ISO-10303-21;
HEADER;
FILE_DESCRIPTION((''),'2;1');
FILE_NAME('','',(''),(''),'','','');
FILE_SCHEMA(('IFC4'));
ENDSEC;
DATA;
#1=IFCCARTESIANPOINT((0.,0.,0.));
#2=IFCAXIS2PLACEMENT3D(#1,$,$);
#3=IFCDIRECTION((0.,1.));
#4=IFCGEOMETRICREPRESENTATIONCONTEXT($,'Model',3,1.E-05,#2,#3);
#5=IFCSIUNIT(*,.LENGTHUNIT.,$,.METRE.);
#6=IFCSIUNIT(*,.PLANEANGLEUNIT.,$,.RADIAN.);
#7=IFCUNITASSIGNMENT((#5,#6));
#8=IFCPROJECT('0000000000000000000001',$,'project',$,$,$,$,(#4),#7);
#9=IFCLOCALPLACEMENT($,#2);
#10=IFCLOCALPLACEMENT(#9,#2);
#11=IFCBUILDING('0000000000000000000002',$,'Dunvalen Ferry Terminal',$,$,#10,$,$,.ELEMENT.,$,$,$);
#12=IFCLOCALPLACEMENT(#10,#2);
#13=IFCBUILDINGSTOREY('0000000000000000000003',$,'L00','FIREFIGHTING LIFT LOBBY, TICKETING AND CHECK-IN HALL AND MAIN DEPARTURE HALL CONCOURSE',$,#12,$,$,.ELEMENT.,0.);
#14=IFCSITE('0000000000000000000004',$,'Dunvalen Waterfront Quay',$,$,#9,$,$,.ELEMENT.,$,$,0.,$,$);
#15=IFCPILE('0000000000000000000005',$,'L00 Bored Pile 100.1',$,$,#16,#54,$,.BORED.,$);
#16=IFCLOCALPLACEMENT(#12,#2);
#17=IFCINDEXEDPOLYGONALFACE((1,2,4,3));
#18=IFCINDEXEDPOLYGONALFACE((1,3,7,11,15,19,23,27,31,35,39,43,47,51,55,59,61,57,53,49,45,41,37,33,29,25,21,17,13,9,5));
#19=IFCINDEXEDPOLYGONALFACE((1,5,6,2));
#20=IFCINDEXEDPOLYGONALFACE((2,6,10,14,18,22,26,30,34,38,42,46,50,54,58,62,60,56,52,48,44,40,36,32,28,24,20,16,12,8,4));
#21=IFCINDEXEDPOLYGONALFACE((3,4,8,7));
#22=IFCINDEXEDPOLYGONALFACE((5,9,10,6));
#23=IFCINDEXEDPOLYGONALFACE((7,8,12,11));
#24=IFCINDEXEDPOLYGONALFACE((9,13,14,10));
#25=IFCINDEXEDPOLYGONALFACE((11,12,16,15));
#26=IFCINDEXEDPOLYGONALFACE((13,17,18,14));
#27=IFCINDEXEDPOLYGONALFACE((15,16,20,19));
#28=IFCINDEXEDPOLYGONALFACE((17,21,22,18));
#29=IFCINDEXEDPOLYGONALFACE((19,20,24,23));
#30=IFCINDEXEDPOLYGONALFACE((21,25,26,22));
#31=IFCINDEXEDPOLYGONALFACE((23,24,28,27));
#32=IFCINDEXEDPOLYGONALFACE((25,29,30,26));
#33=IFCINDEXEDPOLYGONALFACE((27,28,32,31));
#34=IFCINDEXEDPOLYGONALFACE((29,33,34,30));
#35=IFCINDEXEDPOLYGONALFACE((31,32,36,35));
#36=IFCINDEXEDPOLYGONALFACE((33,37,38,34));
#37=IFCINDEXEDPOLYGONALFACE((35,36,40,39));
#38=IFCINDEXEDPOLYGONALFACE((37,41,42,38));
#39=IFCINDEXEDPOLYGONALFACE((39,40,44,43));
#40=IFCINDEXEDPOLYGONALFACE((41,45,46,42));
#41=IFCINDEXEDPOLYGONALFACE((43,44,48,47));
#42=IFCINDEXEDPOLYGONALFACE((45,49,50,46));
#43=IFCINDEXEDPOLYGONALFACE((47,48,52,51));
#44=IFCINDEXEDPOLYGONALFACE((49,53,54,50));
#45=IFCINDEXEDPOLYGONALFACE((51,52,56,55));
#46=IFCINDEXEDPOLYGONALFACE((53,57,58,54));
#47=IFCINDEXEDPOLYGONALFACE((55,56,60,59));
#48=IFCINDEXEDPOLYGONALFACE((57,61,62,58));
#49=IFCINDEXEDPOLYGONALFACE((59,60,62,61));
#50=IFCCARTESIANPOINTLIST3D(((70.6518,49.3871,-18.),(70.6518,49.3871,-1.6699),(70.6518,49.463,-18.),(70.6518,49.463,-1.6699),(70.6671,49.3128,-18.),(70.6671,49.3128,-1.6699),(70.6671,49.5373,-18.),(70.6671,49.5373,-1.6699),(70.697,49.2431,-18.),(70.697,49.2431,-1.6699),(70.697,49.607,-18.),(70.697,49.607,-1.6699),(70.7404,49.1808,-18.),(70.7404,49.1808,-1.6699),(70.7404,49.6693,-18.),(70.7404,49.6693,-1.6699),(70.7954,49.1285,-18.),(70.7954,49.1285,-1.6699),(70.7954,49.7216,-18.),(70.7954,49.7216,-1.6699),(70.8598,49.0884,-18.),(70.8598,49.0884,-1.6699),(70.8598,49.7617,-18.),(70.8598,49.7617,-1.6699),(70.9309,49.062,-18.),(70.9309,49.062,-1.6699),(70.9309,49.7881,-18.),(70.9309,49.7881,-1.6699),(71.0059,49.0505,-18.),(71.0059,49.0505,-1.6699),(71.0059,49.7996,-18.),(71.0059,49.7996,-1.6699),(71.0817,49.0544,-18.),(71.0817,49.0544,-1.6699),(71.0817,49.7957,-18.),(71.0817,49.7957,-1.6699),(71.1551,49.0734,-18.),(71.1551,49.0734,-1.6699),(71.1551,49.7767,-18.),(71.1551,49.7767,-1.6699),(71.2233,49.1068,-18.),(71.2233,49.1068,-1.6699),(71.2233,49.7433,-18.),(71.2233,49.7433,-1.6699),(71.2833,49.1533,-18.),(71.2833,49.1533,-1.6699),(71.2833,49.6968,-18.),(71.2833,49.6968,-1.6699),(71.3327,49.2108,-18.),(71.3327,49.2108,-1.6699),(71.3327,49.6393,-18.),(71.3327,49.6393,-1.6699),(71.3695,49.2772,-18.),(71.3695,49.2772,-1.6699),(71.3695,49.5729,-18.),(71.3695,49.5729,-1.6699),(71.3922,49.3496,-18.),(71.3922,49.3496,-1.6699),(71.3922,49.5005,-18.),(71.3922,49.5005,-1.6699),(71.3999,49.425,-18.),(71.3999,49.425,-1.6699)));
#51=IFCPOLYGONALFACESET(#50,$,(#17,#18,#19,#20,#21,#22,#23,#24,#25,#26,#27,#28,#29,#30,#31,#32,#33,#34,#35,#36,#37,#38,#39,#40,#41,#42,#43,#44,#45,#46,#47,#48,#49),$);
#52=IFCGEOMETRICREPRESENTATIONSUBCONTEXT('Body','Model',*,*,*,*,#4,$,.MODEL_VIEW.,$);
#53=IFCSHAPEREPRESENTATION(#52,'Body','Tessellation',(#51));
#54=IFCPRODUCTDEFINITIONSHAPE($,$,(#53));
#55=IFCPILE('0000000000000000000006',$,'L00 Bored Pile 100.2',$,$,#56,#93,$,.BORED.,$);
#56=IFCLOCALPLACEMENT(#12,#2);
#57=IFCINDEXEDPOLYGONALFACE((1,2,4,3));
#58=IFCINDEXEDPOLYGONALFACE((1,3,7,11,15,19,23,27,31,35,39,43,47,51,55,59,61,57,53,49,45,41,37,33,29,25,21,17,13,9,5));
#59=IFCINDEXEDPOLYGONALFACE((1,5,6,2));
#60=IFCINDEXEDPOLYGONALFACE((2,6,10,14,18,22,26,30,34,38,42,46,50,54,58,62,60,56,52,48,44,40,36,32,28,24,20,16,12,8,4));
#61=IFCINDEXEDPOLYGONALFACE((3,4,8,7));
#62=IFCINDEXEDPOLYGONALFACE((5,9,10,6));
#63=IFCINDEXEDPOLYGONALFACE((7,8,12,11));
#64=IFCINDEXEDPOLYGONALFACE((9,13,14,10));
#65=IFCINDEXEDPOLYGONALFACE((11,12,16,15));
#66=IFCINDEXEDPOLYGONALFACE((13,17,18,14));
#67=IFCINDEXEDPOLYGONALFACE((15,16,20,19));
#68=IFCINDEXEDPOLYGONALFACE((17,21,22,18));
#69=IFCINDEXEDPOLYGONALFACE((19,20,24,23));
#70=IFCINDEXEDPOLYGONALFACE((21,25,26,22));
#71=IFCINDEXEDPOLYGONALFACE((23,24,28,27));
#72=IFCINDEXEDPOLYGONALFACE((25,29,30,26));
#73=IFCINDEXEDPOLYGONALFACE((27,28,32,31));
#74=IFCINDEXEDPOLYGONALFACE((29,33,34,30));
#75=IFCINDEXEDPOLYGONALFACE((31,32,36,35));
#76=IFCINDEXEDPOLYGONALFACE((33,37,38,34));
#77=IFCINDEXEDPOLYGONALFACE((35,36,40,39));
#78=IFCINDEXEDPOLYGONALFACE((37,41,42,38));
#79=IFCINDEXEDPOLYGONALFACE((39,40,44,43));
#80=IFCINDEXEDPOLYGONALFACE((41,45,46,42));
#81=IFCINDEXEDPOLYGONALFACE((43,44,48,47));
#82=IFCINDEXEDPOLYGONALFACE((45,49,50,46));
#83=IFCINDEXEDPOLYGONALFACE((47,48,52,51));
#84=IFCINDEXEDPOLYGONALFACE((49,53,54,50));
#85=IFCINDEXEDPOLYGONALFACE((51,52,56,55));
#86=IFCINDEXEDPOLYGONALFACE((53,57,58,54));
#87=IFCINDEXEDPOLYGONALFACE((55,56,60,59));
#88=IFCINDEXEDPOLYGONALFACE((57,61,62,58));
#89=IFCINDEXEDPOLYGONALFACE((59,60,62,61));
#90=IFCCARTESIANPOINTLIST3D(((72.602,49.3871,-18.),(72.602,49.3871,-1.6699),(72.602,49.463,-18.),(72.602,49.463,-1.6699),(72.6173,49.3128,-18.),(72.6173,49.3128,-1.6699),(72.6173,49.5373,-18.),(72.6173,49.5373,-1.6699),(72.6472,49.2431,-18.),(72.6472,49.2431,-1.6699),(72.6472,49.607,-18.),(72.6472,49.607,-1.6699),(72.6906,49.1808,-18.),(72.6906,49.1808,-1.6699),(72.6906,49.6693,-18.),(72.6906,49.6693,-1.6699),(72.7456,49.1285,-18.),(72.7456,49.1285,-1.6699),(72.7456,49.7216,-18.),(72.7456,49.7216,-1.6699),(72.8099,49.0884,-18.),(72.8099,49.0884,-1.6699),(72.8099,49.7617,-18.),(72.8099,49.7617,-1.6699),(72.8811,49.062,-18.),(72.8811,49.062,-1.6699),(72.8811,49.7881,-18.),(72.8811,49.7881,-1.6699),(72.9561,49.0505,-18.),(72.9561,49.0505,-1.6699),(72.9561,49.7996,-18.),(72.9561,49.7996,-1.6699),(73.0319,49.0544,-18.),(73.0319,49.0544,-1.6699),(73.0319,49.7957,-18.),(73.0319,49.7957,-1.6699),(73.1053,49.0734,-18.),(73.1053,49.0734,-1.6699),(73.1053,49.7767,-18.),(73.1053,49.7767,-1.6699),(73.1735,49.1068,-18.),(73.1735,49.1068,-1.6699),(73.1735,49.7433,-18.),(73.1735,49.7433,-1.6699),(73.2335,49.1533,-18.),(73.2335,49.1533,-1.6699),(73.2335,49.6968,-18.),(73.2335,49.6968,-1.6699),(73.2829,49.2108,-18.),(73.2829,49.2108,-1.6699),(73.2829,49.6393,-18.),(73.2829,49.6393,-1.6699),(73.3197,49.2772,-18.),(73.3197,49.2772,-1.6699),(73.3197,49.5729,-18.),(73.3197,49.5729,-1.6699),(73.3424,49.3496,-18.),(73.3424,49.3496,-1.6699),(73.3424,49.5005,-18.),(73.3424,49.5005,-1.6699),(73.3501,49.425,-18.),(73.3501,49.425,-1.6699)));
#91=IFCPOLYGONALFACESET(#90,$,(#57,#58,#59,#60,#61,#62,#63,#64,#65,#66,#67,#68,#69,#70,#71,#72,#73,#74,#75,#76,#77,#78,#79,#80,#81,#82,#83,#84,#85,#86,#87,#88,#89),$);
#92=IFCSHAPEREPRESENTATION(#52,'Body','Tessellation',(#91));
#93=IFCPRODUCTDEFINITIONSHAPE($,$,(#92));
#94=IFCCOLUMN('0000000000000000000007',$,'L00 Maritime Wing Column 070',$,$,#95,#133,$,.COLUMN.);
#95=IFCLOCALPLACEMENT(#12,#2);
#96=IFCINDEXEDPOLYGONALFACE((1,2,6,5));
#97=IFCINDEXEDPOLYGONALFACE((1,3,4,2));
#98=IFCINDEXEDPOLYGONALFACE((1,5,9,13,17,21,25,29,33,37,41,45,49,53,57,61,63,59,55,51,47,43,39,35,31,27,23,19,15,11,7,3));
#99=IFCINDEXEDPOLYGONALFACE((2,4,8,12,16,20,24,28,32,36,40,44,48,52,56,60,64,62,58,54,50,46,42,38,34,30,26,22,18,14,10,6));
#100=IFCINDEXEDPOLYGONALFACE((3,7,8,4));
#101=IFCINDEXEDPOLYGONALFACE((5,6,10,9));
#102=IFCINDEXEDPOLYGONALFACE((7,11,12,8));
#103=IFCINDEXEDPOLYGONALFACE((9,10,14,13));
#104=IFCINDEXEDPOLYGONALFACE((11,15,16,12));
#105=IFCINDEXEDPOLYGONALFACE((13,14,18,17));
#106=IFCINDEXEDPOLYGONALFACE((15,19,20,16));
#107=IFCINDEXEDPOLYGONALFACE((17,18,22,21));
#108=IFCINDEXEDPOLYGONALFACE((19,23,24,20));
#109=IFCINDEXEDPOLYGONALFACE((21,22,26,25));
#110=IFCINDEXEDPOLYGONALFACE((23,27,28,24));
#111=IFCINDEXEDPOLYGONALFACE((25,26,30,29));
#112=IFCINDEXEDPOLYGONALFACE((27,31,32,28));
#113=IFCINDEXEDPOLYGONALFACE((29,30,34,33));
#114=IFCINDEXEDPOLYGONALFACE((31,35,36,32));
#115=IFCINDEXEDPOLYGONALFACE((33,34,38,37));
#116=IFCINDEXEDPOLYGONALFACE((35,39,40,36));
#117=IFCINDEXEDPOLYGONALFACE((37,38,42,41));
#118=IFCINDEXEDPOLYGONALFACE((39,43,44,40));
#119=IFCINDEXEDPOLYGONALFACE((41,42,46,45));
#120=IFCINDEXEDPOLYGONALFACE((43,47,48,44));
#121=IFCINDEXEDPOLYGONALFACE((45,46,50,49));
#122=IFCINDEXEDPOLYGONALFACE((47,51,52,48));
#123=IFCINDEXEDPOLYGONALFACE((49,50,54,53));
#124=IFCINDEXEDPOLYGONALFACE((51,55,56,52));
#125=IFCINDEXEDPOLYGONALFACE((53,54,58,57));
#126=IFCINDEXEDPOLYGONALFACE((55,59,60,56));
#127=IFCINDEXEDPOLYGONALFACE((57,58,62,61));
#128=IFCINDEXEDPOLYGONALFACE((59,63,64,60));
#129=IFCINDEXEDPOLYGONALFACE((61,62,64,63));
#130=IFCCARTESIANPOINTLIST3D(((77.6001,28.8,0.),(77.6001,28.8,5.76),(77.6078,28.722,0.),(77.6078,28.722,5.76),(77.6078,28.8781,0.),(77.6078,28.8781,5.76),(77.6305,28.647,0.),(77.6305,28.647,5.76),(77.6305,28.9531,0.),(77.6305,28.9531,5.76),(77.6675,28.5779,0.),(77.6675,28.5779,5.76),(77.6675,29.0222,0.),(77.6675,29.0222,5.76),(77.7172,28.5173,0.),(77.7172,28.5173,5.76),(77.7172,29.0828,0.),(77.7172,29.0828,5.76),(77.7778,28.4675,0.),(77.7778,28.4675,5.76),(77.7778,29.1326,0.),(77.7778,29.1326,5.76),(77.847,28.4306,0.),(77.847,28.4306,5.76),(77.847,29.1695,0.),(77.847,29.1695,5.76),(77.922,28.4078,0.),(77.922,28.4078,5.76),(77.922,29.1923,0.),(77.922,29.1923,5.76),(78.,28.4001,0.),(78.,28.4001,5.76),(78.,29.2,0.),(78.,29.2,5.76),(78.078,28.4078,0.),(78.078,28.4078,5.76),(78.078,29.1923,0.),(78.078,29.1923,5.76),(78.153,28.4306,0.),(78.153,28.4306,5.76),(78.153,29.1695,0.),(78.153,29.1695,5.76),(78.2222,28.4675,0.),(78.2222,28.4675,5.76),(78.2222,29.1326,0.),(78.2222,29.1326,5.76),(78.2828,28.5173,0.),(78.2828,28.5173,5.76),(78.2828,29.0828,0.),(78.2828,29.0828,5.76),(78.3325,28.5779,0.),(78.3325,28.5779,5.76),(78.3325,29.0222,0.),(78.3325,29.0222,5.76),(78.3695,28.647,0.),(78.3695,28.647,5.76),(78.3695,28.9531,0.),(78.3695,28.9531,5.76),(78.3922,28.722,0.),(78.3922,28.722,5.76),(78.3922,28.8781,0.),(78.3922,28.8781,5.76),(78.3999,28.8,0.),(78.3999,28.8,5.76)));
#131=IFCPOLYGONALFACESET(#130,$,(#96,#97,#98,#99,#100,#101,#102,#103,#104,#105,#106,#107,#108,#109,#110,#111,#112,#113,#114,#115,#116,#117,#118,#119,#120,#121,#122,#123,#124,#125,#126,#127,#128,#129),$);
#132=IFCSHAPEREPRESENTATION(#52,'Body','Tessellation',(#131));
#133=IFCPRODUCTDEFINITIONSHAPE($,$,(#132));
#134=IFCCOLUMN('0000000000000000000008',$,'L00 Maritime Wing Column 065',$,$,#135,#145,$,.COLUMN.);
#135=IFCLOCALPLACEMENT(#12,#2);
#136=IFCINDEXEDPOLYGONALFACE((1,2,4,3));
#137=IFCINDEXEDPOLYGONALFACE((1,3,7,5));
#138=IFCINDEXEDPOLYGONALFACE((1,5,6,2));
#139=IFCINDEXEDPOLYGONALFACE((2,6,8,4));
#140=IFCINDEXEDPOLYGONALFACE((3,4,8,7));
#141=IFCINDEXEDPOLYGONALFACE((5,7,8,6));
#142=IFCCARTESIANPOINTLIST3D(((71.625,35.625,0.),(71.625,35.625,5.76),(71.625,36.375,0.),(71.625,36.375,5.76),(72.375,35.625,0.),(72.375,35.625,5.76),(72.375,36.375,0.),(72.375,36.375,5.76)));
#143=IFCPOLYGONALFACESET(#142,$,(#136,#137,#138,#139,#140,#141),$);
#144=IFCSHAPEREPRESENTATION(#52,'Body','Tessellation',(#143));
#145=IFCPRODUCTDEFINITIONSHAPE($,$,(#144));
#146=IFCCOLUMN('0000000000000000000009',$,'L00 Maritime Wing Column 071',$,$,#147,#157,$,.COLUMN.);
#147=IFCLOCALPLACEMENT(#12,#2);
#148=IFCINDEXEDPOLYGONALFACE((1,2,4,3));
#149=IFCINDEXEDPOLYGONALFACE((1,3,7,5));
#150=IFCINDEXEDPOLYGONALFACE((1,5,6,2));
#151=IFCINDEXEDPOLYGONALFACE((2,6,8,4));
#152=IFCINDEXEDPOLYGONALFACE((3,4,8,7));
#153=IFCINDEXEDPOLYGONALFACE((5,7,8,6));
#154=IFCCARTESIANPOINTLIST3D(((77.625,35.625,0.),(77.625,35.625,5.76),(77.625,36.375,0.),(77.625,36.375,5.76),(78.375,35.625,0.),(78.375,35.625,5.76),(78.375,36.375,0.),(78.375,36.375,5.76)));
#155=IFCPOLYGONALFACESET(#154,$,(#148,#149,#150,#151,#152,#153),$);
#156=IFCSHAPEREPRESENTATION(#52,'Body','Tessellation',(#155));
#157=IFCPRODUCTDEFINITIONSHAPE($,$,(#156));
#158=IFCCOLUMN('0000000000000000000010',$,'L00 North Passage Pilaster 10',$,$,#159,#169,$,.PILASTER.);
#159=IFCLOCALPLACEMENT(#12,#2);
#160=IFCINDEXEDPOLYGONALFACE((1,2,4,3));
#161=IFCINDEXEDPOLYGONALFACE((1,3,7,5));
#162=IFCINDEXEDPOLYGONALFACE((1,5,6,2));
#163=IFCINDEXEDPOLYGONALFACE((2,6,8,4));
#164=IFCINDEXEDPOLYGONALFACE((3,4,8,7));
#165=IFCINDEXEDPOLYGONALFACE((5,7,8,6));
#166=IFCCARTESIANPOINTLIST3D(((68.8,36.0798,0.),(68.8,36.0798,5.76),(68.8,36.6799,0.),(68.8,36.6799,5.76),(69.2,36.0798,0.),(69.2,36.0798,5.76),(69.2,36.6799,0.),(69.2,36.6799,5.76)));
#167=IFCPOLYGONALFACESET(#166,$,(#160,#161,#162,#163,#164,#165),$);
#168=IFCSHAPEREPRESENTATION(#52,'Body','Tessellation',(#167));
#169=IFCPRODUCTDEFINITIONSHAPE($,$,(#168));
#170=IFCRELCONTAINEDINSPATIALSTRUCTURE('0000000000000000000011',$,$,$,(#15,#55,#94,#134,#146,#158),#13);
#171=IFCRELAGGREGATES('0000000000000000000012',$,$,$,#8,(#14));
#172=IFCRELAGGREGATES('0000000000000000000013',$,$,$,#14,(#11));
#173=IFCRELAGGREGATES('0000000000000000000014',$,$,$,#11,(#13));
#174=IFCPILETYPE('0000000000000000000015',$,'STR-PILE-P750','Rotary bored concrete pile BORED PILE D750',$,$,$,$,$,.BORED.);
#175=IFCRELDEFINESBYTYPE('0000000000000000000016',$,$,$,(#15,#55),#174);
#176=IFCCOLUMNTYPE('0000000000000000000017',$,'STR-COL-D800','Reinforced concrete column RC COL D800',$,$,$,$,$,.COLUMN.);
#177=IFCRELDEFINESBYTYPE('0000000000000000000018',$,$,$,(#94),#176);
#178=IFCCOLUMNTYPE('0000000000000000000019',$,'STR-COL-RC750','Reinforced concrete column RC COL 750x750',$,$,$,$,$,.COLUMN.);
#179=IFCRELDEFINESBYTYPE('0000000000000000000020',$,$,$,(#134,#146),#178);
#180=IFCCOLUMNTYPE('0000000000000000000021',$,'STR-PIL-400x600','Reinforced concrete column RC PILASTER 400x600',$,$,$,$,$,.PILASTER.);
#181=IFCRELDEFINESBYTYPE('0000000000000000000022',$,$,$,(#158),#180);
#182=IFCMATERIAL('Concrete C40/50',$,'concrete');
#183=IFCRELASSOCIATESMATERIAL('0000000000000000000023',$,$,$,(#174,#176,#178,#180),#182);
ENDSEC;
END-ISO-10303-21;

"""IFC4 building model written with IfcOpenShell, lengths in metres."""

from ifc_helpers import new_model, si_unit, direction, frame, origin, origin_2d, place, context, subcontext, project, spatial, rectangle, circle, extrude, material, material_profile, profile_set, type_object, element, save


model = new_model("IFC4")

# Units and contexts
model_context = context("Model", 3, precision=1e-05, world=origin(), true_north=direction((0.0, 1.0)))
body_context = subcontext(model_context, "Body", "Model", "MODEL_VIEW")
ifc_project = project(units=[si_unit("LENGTHUNIT", "METRE"), si_unit("PLANEANGLEUNIT", "RADIAN")], contexts=[model_context])

# Site, building, storey
site_placement = place(None, origin())
site = spatial("IfcSite", under=ifc_project, at=site_placement, Name="Dunvalen Waterfront Quay", CompositionType="ELEMENT", RefElevation=0.0)
building_placement = place(site_placement, origin())
building = spatial("IfcBuilding", under=site, at=building_placement, Name="Dunvalen Ferry Terminal", CompositionType="ELEMENT")
storey_placement = place(building_placement, origin())
storey = spatial("IfcBuildingStorey", under=building, at=storey_placement, Name="L00", Description="FIREFIGHTING LIFT LOBBY, TICKETING AND CHECK-IN HALL AND MAIN DEPARTURE HALL CONCOURSE", CompositionType="ELEMENT", Elevation=0.0)

# Piles
ifc_material_1 = material(Name="Concrete C40/50", Category="concrete")
ifc_material_profile_1 = material_profile(ifc_material_1, circle(Radius=0.375, at=origin_2d()), Name="Concrete C40/50")
ifc_profile_set_1 = profile_set([ifc_material_profile_1], Name="Concrete C40/50")
pile_type = type_object("IfcPileType", Name="STR-PILE-P750", Description="Rotary bored concrete pile BORED PILE D750", PredefinedType="BORED", material=ifc_profile_set_1)
for number, where, z_axis, x_axis, name in (
    (1, (71.0249, 49.425, -1.6699), (0.0, 0.0, -1.0), (1.0, 0.0, 0.0), "L00 Bored Pile 100.1"),
    (2, (72.9751, 49.425, -1.6699), (0.0, 0.0, -1.0), (1.0, 0.0, 0.0), "L00 Bored Pile 100.2"),
):
    element("IfcPile", number, at=place(storey_placement, frame(where, z_axis=z_axis, x_axis=x_axis)), inside=storey, type_object=pile_type, Name=name, PredefinedType="BORED", context=body_context, shape_type="SweptSolid", body=[
        extrude(circle(Radius=0.375, at=origin_2d()), origin(), (0.0, 0.0, 1.0), 16.3301),
    ])

# Columns
ifc_material_profile_2 = material_profile(ifc_material_1, circle(Radius=0.3999, at=origin_2d()), Name="Concrete C40/50")
ifc_profile_set_2 = profile_set([ifc_material_profile_2], Name="Concrete C40/50")
column_type_1 = type_object("IfcColumnType", Name="STR-COL-D800", Description="Reinforced concrete column RC COL D800", PredefinedType="COLUMN", material=ifc_profile_set_2)
column_1_placement = place(storey_placement, frame((78.0, 28.8, 0.0), z_axis=(0.0, 0.0, 1.0), x_axis=(1.0, 0.0, 0.0)))
element("IfcColumn", 3, at=column_1_placement, inside=storey, type_object=column_type_1, Name="L00 Maritime Wing Column 070", PredefinedType="COLUMN", context=body_context, shape_type="SweptSolid", body=[
    extrude(circle(Radius=0.3999, at=origin_2d()), origin(), (0.0, 0.0, 1.0), 5.76),
])
ifc_material_profile_3 = material_profile(ifc_material_1, rectangle(XDim=0.75, YDim=0.75, at=origin_2d()), Name="Concrete C40/50")
ifc_profile_set_3 = profile_set([ifc_material_profile_3], Name="Concrete C40/50")
column_type_2 = type_object("IfcColumnType", Name="STR-COL-RC750", Description="Reinforced concrete column RC COL 750x750", PredefinedType="COLUMN", material=ifc_profile_set_3)
for number, where, z_axis, x_axis, name in (
    (4, (72.0, 36.0, 0.0), (0.0, 0.0, 1.0), (1.0, 0.0, 0.0), "L00 Maritime Wing Column 065"),
    (5, (78.0, 36.0, 0.0), (0.0, 0.0, 1.0), (1.0, 0.0, 0.0), "L00 Maritime Wing Column 071"),
):
    element("IfcColumn", number, at=place(storey_placement, frame(where, z_axis=z_axis, x_axis=x_axis)), inside=storey, type_object=column_type_2, Name=name, PredefinedType="COLUMN", context=body_context, shape_type="SweptSolid", body=[
        extrude(rectangle(XDim=0.75, YDim=0.75, at=origin_2d()), origin(), (0.0, 0.0, 1.0), 5.76),
    ])
ifc_material_profile_4 = material_profile(ifc_material_1, rectangle(XDim=0.3999, YDim=0.6001, at=origin_2d()), Name="Concrete C40/50")
ifc_profile_set_4 = profile_set([ifc_material_profile_4], Name="Concrete C40/50")
column_type_3 = type_object("IfcColumnType", Name="STR-PIL-400x600", Description="Reinforced concrete column RC PILASTER 400x600", PredefinedType="PILASTER", material=ifc_profile_set_4)
column_2_placement = place(storey_placement, frame((69.0, 36.3799, 0.0), z_axis=(0.0, 0.0, 1.0), x_axis=(1.0, 0.0, 0.0)))
element("IfcColumn", 6, at=column_2_placement, inside=storey, type_object=column_type_3, Name="L00 North Passage Pilaster 10", PredefinedType="PILASTER", context=body_context, shape_type="SweptSolid", body=[
    extrude(rectangle(XDim=0.3999, YDim=0.6001, at=origin_2d()), origin(), (0.0, 0.0, 1.0), 5.76),
])

save(model, "model.ifc")
